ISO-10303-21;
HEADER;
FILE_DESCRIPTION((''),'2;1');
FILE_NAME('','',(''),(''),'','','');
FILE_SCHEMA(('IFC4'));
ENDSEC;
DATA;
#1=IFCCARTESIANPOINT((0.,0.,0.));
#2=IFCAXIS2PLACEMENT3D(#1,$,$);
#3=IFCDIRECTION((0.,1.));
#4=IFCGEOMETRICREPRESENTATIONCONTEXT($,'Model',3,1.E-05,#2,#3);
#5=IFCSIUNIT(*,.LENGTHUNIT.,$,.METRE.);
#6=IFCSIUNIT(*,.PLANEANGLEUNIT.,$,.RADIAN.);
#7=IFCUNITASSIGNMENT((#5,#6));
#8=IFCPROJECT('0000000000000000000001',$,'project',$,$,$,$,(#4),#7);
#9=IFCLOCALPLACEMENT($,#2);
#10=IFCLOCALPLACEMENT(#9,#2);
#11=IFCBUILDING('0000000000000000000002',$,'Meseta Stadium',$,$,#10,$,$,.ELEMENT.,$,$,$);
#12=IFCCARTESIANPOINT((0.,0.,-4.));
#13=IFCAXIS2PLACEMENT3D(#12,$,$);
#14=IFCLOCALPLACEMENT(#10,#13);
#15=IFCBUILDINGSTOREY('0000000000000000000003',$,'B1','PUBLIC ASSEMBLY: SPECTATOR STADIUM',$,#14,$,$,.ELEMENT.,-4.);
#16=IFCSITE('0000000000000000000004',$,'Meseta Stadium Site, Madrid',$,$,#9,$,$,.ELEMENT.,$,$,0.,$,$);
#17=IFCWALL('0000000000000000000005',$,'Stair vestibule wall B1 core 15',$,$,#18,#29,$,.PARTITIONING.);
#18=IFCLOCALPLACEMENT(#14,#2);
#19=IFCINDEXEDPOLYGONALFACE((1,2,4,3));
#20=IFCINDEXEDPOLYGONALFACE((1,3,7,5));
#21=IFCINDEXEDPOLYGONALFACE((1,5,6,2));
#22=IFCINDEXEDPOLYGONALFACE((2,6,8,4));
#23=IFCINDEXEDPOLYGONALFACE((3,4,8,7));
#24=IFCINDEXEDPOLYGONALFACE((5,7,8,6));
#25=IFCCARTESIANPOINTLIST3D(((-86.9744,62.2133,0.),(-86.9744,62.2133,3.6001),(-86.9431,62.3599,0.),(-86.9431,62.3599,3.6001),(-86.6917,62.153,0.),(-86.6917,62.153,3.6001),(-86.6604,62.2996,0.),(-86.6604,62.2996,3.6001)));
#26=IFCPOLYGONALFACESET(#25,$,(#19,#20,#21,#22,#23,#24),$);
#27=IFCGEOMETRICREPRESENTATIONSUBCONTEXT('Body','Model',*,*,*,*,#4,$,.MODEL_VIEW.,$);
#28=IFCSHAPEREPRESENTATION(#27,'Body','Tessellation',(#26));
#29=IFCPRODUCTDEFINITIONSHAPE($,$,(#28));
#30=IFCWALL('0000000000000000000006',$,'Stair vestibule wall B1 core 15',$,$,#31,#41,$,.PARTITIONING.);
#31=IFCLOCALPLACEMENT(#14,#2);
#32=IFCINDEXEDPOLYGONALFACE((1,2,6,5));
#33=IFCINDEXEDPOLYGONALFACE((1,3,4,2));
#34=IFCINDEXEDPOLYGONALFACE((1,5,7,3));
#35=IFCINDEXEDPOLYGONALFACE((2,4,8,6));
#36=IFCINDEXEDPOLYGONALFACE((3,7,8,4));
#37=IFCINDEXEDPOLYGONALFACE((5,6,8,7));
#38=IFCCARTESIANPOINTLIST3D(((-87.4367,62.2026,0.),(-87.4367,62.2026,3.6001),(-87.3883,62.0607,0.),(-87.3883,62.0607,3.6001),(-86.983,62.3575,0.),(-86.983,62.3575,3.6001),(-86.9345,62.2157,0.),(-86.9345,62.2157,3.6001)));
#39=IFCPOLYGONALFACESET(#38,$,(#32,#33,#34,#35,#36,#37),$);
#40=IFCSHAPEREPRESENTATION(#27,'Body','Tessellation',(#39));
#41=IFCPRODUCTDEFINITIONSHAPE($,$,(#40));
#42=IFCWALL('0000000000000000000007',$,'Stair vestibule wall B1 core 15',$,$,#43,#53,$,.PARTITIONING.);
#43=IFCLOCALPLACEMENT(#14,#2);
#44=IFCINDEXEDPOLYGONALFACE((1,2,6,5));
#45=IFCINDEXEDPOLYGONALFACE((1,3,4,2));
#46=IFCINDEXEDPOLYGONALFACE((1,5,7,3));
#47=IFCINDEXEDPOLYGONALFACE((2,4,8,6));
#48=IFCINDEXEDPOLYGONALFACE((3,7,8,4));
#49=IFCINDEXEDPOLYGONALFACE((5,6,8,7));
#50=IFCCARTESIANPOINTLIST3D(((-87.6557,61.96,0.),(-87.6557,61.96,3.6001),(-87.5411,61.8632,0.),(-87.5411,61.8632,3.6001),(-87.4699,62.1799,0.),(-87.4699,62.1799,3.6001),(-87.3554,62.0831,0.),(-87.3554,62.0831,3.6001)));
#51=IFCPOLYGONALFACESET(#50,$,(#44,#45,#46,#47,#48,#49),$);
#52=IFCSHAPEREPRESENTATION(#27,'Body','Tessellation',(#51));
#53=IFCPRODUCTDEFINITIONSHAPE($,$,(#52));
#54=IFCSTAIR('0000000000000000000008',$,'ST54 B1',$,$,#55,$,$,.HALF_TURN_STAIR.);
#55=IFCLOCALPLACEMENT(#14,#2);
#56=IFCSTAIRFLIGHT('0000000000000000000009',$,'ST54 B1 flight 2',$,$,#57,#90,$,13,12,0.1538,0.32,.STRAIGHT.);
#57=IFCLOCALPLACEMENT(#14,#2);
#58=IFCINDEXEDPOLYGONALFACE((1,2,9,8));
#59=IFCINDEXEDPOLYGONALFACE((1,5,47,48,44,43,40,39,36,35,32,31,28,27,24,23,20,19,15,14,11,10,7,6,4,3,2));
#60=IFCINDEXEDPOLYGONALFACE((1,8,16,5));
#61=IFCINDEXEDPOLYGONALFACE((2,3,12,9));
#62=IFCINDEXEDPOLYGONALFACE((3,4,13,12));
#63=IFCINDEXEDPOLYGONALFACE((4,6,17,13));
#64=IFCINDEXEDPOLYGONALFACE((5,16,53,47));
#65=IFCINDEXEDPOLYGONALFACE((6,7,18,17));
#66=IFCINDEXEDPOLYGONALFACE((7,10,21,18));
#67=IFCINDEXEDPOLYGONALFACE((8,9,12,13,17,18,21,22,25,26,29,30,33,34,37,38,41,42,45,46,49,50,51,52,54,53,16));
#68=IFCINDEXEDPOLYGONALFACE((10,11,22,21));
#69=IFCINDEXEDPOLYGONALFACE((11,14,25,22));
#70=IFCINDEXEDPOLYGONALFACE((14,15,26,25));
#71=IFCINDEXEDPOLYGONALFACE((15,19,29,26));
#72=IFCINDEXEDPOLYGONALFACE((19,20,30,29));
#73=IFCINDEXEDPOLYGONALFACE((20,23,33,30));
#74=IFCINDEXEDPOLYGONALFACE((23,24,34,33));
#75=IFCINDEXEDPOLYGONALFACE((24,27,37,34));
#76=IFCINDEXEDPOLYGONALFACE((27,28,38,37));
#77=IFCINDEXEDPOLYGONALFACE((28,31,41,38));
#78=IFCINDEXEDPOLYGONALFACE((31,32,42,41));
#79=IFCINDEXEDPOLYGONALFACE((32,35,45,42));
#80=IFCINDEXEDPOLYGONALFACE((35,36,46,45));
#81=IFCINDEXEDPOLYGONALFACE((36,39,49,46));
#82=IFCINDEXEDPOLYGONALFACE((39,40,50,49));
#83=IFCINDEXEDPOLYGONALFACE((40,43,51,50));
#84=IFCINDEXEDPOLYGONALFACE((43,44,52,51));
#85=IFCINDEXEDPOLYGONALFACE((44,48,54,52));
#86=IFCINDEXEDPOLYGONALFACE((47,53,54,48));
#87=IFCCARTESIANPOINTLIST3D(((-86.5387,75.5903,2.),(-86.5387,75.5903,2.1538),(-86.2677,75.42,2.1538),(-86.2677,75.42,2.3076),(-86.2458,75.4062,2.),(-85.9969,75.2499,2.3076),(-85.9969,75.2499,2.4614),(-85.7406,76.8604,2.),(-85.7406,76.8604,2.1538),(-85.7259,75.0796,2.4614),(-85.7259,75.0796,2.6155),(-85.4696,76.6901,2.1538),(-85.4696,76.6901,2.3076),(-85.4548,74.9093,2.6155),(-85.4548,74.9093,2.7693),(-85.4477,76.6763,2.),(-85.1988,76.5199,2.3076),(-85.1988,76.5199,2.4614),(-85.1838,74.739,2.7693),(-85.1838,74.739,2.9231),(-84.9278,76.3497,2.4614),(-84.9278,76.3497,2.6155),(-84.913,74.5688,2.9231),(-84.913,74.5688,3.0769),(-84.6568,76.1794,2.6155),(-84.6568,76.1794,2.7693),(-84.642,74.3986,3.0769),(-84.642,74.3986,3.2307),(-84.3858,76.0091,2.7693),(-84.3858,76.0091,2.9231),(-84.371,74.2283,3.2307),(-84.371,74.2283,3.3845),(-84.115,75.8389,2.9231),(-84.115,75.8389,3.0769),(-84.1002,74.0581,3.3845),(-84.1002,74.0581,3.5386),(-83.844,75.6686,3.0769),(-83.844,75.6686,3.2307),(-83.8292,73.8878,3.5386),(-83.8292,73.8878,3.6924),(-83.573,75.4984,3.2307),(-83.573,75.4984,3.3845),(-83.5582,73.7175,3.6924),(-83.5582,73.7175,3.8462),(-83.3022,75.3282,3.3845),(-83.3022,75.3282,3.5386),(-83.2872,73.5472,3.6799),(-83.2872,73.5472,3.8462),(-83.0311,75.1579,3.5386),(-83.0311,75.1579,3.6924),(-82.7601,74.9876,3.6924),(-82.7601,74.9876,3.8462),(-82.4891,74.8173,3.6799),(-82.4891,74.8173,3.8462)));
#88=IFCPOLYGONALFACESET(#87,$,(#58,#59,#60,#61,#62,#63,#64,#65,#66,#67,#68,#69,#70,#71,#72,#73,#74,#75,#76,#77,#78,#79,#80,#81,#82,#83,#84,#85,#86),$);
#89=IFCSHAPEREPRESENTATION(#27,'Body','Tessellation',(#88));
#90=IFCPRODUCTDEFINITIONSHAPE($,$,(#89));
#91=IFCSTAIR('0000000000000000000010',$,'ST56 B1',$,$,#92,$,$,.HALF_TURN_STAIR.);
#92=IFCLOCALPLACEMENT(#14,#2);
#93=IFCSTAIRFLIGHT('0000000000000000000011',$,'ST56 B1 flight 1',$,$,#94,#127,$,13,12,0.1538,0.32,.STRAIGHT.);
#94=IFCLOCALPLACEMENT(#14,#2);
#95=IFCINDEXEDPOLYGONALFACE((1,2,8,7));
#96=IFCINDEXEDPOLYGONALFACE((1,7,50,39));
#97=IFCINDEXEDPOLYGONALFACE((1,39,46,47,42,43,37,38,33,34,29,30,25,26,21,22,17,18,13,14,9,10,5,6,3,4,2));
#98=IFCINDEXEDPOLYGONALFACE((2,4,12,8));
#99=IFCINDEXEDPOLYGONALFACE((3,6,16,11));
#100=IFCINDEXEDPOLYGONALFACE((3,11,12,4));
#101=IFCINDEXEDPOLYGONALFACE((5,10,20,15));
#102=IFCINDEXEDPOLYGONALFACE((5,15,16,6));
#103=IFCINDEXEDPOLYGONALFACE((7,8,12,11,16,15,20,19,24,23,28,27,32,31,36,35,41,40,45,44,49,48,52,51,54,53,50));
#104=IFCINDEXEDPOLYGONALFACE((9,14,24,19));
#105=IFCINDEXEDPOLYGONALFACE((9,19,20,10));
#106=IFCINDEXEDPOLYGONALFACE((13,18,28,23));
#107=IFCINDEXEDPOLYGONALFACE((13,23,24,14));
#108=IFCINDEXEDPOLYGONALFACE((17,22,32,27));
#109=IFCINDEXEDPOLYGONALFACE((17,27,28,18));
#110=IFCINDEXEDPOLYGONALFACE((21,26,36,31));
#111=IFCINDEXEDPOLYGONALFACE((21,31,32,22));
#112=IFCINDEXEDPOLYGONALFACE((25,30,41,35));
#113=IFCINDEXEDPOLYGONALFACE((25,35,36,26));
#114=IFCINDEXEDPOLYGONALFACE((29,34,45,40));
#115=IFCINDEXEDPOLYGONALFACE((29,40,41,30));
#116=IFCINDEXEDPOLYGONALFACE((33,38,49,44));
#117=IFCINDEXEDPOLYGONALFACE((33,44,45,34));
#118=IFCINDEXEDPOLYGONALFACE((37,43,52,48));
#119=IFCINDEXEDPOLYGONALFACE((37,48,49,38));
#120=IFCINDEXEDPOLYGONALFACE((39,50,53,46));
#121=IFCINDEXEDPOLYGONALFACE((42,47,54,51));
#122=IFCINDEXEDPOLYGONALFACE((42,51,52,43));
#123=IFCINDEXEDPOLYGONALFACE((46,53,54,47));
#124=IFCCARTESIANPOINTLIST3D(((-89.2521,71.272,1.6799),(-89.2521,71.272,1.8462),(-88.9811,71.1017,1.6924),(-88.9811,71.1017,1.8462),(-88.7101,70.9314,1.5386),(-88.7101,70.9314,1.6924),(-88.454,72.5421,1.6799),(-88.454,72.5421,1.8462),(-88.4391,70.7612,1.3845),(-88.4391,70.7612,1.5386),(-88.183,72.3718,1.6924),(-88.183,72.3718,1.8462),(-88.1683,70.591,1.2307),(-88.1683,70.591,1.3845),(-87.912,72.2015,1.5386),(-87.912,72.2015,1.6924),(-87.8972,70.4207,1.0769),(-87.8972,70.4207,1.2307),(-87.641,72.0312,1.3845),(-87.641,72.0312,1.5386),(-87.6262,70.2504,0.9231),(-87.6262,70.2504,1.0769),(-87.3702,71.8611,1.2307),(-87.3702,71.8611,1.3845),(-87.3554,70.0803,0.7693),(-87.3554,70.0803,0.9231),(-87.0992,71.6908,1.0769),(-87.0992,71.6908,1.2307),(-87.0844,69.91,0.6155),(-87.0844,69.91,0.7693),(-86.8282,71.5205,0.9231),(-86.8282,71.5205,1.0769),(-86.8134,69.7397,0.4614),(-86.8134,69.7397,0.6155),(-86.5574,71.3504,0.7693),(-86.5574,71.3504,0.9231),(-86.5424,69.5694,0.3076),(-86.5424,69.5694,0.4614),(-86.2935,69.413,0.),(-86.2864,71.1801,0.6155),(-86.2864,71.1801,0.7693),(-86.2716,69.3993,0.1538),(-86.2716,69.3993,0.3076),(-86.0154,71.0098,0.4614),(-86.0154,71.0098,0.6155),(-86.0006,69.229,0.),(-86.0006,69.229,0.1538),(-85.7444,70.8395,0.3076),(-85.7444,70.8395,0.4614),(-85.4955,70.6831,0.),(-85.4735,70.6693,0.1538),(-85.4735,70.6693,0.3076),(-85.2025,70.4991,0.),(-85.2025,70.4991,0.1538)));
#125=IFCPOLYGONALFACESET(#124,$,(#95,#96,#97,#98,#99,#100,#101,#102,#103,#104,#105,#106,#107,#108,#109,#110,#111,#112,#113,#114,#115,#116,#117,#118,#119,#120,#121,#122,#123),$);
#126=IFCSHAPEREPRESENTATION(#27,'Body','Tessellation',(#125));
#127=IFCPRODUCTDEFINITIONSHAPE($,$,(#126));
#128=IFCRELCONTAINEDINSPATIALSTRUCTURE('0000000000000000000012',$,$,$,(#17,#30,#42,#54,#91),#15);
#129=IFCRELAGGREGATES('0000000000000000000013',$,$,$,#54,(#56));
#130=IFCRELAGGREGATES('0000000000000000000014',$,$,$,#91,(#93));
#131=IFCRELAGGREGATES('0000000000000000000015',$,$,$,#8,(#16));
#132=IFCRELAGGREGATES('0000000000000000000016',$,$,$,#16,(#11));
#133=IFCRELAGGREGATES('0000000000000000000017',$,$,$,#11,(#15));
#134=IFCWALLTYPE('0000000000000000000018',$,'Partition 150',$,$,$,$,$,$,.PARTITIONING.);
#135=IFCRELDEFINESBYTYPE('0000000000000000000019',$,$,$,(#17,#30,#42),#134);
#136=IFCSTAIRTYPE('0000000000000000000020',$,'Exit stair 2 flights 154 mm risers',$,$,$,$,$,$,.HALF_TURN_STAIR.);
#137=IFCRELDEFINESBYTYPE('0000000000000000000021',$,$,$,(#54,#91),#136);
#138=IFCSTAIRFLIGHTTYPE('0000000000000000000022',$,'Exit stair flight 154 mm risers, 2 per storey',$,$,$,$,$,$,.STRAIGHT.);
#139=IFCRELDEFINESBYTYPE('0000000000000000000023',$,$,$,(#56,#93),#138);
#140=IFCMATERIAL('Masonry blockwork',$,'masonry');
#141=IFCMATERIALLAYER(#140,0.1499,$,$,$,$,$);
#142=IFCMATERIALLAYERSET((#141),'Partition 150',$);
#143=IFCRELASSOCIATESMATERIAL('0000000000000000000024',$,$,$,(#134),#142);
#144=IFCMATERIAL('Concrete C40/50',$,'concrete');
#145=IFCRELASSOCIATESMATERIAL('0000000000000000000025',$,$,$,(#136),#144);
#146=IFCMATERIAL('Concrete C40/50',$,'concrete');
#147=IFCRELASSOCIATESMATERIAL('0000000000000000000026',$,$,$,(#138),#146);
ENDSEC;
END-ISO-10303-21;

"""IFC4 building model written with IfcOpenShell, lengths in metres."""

from ifc_helpers import new_model, si_unit, direction, frame, frame_2d, origin, place, context, subcontext, project, spatial, polyline, rectangle, outline, extrude, material, layer, layer_set, type_object, element, aggregate, save


model = new_model("IFC4")

# Units and contexts
model_context = context("Model", 3, precision=1e-05, world=origin(), true_north=direction((0.0, 1.0)))
body_context = subcontext(model_context, "Body", "Model", "MODEL_VIEW")
ifc_project = project(units=[si_unit("LENGTHUNIT", "METRE"), si_unit("PLANEANGLEUNIT", "RADIAN")], contexts=[model_context])

# Site, building, storey
site_placement = place(None, origin())
site = spatial("IfcSite", under=ifc_project, at=site_placement, Name="Meseta Stadium Site, Madrid", CompositionType="ELEMENT", RefElevation=0.0)
building_placement = place(site_placement, origin())
building = spatial("IfcBuilding", under=site, at=building_placement, Name="Meseta Stadium", CompositionType="ELEMENT")
storey_placement = place(building_placement, frame((0.0, 0.0, -4.0)))
storey = spatial("IfcBuildingStorey", under=building, at=storey_placement, Name="B1", Description="PUBLIC ASSEMBLY: SPECTATOR STADIUM", CompositionType="ELEMENT", Elevation=-4.0)

# Shared definitions
ifc_material_1 = material(Name="Masonry blockwork", Category="masonry")
ifc_layer_1 = layer(ifc_material_1, 0.1499)
ifc_layer_set_1 = layer_set([ifc_layer_1], Name="Partition 150")
wall_type_1 = type_object("IfcWallType", Name="Partition 150", PredefinedType="PARTITIONING", material=ifc_layer_set_1)

# Walls
wall_1_placement = place(storey_placement, frame((-86.676, 62.2263, 0.0), z_axis=(0.0, 0.0, 1.0), x_axis=(-0.978, 0.208606, 0.0)))
element("IfcWall", 1, at=wall_1_placement, inside=storey, type_object=wall_type_1, Name="Stair vestibule wall B1 core 15", PredefinedType="PARTITIONING", context=body_context, shape_type="SweptSolid", body=[
    extrude(rectangle(XDim=0.2891, YDim=0.1499, at=frame_2d((0.1445, 0.0))), origin(), (0.0, 0.0, 1.0), 3.6001),
])
wall_2_placement = place(storey_placement, frame((-86.9587, 62.2866, 0.0), z_axis=(0.0, 0.0, 1.0), x_axis=(-0.946316, -0.323244, 0.0)))
element("IfcWall", 2, at=wall_2_placement, inside=storey, type_object=wall_type_1, Name="Stair vestibule wall B1 core 15", PredefinedType="PARTITIONING", context=body_context, shape_type="SweptSolid", body=[
    extrude(rectangle(XDim=0.4795, YDim=0.1499, at=frame_2d((0.2397, 0.0))), origin(), (0.0, 0.0, 1.0), 3.6001),
])
wall_3_placement = place(storey_placement, frame((-87.4126, 62.1316, 0.0), z_axis=(0.0, 0.0, 1.0), x_axis=(-0.645258, -0.763965, 0.0)))
element("IfcWall", 3, at=wall_3_placement, inside=storey, type_object=wall_type_1, Name="Stair vestibule wall B1 core 15", PredefinedType="PARTITIONING", context=body_context, shape_type="SweptSolid", body=[
    extrude(rectangle(XDim=0.2878, YDim=0.1499, at=frame_2d((0.144, 0.0))), origin(), (0.0, 0.0, 1.0), 3.6001),
])

# Stairs, stair flights
ifc_material_2 = material(Name="Concrete C40/50", Category="concrete")
stair_type = type_object("IfcStairType", Name="Exit stair 2 flights 154 mm risers", PredefinedType="HALF_TURN_STAIR", material=ifc_material_2)
stair_1_placement = place(storey_placement, origin())
stair_1 = element("IfcStair", 4, at=stair_1_placement, inside=storey, type_object=stair_type, Name="ST54 B1", PredefinedType="HALF_TURN_STAIR")
ifc_material_3 = material(Name="Concrete C40/50", Category="concrete")
stair_flight_type = type_object("IfcStairFlightType", Name="Exit stair flight 154 mm risers, 2 per storey", PredefinedType="STRAIGHT", material=ifc_material_3)
stair_flight_1_placement = place(storey_placement, frame((-86.1396, 76.2253, 2.0), z_axis=(0.0, 0.0, 1.0), x_axis=(0.846724, -0.532032, 0.0)))
stair_flight_1 = element("IfcStairFlight", 5, at=stair_flight_1_placement, type_object=stair_flight_type, Name="ST54 B1 flight 2", NumberOfRisers=13, NumberOfTreads=12, PredefinedType="STRAIGHT", RiserHeight=0.1538, TreadLength=0.32, context=body_context, shape_type="SweptSolid", body=[
    extrude(outline(polyline([(0.0, 0.0), (0.0, 0.1538), (0.3201, 0.1538), (0.3201, 0.3076), (0.6399, 0.3076), (0.6399, 0.4614), (0.96, 0.4614), (0.96, 0.6155), (1.28, 0.6155), (1.28, 0.7693), (1.6001, 0.7693), (1.6001, 0.9231), (1.9199, 0.9231), (1.9199, 1.0769), (2.24, 1.0769), (2.24, 1.2307), (2.5601, 1.2307), (2.5601, 1.3845), (2.8799, 1.3845), (2.8799, 1.5386), (3.2, 1.5386), (3.2, 1.6924), (3.52, 1.6924), (3.52, 1.8462), (3.8401, 1.8462), (3.8401, 1.6799), (0.3459, 0.0), (0.0, 0.0)])), frame((0.0, 0.75, 0.0), z_axis=(0.0, -1.0, 0.0), x_axis=(1.0, 0.0, 0.0)), (0.0, 0.0, 1.0), 1.5),
])
aggregate(stair_1, [stair_flight_1])
stair_2_placement = place(storey_placement, origin())
stair_2 = element("IfcStair", 6, at=stair_2_placement, inside=storey, type_object=stair_type, Name="ST56 B1", PredefinedType="HALF_TURN_STAIR")
stair_flight_2_placement = place(storey_placement, frame((-85.6016, 69.864, 0.0), z_axis=(0.0, 0.0, 1.0), x_axis=(-0.846724, 0.532032, 0.0)))
stair_flight_2 = element("IfcStairFlight", 7, at=stair_flight_2_placement, type_object=stair_flight_type, Name="ST56 B1 flight 1", NumberOfRisers=13, NumberOfTreads=12, PredefinedType="STRAIGHT", RiserHeight=0.1538, TreadLength=0.32, context=body_context, shape_type="SweptSolid", body=[
    extrude(outline(polyline([(0.0, 0.0), (0.0, 0.1538), (0.3201, 0.1538), (0.3201, 0.3076), (0.6399, 0.3076), (0.6399, 0.4614), (0.96, 0.4614), (0.96, 0.6155), (1.28, 0.6155), (1.28, 0.7693), (1.6001, 0.7693), (1.6001, 0.9231), (1.9199, 0.9231), (1.9199, 1.0769), (2.24, 1.0769), (2.24, 1.2307), (2.5601, 1.2307), (2.5601, 1.3845), (2.8799, 1.3845), (2.8799, 1.5386), (3.2, 1.5386), (3.2, 1.6924), (3.52, 1.6924), (3.52, 1.8462), (3.8401, 1.8462), (3.8401, 1.6799), (0.3459, 0.0), (0.0, 0.0)])), frame((0.0, 0.75, 0.0), z_axis=(0.0, -1.0, 0.0), x_axis=(1.0, 0.0, 0.0)), (0.0, 0.0, 1.0), 1.5),
])
aggregate(stair_2, [stair_flight_2])

save(model, "model.ifc")
